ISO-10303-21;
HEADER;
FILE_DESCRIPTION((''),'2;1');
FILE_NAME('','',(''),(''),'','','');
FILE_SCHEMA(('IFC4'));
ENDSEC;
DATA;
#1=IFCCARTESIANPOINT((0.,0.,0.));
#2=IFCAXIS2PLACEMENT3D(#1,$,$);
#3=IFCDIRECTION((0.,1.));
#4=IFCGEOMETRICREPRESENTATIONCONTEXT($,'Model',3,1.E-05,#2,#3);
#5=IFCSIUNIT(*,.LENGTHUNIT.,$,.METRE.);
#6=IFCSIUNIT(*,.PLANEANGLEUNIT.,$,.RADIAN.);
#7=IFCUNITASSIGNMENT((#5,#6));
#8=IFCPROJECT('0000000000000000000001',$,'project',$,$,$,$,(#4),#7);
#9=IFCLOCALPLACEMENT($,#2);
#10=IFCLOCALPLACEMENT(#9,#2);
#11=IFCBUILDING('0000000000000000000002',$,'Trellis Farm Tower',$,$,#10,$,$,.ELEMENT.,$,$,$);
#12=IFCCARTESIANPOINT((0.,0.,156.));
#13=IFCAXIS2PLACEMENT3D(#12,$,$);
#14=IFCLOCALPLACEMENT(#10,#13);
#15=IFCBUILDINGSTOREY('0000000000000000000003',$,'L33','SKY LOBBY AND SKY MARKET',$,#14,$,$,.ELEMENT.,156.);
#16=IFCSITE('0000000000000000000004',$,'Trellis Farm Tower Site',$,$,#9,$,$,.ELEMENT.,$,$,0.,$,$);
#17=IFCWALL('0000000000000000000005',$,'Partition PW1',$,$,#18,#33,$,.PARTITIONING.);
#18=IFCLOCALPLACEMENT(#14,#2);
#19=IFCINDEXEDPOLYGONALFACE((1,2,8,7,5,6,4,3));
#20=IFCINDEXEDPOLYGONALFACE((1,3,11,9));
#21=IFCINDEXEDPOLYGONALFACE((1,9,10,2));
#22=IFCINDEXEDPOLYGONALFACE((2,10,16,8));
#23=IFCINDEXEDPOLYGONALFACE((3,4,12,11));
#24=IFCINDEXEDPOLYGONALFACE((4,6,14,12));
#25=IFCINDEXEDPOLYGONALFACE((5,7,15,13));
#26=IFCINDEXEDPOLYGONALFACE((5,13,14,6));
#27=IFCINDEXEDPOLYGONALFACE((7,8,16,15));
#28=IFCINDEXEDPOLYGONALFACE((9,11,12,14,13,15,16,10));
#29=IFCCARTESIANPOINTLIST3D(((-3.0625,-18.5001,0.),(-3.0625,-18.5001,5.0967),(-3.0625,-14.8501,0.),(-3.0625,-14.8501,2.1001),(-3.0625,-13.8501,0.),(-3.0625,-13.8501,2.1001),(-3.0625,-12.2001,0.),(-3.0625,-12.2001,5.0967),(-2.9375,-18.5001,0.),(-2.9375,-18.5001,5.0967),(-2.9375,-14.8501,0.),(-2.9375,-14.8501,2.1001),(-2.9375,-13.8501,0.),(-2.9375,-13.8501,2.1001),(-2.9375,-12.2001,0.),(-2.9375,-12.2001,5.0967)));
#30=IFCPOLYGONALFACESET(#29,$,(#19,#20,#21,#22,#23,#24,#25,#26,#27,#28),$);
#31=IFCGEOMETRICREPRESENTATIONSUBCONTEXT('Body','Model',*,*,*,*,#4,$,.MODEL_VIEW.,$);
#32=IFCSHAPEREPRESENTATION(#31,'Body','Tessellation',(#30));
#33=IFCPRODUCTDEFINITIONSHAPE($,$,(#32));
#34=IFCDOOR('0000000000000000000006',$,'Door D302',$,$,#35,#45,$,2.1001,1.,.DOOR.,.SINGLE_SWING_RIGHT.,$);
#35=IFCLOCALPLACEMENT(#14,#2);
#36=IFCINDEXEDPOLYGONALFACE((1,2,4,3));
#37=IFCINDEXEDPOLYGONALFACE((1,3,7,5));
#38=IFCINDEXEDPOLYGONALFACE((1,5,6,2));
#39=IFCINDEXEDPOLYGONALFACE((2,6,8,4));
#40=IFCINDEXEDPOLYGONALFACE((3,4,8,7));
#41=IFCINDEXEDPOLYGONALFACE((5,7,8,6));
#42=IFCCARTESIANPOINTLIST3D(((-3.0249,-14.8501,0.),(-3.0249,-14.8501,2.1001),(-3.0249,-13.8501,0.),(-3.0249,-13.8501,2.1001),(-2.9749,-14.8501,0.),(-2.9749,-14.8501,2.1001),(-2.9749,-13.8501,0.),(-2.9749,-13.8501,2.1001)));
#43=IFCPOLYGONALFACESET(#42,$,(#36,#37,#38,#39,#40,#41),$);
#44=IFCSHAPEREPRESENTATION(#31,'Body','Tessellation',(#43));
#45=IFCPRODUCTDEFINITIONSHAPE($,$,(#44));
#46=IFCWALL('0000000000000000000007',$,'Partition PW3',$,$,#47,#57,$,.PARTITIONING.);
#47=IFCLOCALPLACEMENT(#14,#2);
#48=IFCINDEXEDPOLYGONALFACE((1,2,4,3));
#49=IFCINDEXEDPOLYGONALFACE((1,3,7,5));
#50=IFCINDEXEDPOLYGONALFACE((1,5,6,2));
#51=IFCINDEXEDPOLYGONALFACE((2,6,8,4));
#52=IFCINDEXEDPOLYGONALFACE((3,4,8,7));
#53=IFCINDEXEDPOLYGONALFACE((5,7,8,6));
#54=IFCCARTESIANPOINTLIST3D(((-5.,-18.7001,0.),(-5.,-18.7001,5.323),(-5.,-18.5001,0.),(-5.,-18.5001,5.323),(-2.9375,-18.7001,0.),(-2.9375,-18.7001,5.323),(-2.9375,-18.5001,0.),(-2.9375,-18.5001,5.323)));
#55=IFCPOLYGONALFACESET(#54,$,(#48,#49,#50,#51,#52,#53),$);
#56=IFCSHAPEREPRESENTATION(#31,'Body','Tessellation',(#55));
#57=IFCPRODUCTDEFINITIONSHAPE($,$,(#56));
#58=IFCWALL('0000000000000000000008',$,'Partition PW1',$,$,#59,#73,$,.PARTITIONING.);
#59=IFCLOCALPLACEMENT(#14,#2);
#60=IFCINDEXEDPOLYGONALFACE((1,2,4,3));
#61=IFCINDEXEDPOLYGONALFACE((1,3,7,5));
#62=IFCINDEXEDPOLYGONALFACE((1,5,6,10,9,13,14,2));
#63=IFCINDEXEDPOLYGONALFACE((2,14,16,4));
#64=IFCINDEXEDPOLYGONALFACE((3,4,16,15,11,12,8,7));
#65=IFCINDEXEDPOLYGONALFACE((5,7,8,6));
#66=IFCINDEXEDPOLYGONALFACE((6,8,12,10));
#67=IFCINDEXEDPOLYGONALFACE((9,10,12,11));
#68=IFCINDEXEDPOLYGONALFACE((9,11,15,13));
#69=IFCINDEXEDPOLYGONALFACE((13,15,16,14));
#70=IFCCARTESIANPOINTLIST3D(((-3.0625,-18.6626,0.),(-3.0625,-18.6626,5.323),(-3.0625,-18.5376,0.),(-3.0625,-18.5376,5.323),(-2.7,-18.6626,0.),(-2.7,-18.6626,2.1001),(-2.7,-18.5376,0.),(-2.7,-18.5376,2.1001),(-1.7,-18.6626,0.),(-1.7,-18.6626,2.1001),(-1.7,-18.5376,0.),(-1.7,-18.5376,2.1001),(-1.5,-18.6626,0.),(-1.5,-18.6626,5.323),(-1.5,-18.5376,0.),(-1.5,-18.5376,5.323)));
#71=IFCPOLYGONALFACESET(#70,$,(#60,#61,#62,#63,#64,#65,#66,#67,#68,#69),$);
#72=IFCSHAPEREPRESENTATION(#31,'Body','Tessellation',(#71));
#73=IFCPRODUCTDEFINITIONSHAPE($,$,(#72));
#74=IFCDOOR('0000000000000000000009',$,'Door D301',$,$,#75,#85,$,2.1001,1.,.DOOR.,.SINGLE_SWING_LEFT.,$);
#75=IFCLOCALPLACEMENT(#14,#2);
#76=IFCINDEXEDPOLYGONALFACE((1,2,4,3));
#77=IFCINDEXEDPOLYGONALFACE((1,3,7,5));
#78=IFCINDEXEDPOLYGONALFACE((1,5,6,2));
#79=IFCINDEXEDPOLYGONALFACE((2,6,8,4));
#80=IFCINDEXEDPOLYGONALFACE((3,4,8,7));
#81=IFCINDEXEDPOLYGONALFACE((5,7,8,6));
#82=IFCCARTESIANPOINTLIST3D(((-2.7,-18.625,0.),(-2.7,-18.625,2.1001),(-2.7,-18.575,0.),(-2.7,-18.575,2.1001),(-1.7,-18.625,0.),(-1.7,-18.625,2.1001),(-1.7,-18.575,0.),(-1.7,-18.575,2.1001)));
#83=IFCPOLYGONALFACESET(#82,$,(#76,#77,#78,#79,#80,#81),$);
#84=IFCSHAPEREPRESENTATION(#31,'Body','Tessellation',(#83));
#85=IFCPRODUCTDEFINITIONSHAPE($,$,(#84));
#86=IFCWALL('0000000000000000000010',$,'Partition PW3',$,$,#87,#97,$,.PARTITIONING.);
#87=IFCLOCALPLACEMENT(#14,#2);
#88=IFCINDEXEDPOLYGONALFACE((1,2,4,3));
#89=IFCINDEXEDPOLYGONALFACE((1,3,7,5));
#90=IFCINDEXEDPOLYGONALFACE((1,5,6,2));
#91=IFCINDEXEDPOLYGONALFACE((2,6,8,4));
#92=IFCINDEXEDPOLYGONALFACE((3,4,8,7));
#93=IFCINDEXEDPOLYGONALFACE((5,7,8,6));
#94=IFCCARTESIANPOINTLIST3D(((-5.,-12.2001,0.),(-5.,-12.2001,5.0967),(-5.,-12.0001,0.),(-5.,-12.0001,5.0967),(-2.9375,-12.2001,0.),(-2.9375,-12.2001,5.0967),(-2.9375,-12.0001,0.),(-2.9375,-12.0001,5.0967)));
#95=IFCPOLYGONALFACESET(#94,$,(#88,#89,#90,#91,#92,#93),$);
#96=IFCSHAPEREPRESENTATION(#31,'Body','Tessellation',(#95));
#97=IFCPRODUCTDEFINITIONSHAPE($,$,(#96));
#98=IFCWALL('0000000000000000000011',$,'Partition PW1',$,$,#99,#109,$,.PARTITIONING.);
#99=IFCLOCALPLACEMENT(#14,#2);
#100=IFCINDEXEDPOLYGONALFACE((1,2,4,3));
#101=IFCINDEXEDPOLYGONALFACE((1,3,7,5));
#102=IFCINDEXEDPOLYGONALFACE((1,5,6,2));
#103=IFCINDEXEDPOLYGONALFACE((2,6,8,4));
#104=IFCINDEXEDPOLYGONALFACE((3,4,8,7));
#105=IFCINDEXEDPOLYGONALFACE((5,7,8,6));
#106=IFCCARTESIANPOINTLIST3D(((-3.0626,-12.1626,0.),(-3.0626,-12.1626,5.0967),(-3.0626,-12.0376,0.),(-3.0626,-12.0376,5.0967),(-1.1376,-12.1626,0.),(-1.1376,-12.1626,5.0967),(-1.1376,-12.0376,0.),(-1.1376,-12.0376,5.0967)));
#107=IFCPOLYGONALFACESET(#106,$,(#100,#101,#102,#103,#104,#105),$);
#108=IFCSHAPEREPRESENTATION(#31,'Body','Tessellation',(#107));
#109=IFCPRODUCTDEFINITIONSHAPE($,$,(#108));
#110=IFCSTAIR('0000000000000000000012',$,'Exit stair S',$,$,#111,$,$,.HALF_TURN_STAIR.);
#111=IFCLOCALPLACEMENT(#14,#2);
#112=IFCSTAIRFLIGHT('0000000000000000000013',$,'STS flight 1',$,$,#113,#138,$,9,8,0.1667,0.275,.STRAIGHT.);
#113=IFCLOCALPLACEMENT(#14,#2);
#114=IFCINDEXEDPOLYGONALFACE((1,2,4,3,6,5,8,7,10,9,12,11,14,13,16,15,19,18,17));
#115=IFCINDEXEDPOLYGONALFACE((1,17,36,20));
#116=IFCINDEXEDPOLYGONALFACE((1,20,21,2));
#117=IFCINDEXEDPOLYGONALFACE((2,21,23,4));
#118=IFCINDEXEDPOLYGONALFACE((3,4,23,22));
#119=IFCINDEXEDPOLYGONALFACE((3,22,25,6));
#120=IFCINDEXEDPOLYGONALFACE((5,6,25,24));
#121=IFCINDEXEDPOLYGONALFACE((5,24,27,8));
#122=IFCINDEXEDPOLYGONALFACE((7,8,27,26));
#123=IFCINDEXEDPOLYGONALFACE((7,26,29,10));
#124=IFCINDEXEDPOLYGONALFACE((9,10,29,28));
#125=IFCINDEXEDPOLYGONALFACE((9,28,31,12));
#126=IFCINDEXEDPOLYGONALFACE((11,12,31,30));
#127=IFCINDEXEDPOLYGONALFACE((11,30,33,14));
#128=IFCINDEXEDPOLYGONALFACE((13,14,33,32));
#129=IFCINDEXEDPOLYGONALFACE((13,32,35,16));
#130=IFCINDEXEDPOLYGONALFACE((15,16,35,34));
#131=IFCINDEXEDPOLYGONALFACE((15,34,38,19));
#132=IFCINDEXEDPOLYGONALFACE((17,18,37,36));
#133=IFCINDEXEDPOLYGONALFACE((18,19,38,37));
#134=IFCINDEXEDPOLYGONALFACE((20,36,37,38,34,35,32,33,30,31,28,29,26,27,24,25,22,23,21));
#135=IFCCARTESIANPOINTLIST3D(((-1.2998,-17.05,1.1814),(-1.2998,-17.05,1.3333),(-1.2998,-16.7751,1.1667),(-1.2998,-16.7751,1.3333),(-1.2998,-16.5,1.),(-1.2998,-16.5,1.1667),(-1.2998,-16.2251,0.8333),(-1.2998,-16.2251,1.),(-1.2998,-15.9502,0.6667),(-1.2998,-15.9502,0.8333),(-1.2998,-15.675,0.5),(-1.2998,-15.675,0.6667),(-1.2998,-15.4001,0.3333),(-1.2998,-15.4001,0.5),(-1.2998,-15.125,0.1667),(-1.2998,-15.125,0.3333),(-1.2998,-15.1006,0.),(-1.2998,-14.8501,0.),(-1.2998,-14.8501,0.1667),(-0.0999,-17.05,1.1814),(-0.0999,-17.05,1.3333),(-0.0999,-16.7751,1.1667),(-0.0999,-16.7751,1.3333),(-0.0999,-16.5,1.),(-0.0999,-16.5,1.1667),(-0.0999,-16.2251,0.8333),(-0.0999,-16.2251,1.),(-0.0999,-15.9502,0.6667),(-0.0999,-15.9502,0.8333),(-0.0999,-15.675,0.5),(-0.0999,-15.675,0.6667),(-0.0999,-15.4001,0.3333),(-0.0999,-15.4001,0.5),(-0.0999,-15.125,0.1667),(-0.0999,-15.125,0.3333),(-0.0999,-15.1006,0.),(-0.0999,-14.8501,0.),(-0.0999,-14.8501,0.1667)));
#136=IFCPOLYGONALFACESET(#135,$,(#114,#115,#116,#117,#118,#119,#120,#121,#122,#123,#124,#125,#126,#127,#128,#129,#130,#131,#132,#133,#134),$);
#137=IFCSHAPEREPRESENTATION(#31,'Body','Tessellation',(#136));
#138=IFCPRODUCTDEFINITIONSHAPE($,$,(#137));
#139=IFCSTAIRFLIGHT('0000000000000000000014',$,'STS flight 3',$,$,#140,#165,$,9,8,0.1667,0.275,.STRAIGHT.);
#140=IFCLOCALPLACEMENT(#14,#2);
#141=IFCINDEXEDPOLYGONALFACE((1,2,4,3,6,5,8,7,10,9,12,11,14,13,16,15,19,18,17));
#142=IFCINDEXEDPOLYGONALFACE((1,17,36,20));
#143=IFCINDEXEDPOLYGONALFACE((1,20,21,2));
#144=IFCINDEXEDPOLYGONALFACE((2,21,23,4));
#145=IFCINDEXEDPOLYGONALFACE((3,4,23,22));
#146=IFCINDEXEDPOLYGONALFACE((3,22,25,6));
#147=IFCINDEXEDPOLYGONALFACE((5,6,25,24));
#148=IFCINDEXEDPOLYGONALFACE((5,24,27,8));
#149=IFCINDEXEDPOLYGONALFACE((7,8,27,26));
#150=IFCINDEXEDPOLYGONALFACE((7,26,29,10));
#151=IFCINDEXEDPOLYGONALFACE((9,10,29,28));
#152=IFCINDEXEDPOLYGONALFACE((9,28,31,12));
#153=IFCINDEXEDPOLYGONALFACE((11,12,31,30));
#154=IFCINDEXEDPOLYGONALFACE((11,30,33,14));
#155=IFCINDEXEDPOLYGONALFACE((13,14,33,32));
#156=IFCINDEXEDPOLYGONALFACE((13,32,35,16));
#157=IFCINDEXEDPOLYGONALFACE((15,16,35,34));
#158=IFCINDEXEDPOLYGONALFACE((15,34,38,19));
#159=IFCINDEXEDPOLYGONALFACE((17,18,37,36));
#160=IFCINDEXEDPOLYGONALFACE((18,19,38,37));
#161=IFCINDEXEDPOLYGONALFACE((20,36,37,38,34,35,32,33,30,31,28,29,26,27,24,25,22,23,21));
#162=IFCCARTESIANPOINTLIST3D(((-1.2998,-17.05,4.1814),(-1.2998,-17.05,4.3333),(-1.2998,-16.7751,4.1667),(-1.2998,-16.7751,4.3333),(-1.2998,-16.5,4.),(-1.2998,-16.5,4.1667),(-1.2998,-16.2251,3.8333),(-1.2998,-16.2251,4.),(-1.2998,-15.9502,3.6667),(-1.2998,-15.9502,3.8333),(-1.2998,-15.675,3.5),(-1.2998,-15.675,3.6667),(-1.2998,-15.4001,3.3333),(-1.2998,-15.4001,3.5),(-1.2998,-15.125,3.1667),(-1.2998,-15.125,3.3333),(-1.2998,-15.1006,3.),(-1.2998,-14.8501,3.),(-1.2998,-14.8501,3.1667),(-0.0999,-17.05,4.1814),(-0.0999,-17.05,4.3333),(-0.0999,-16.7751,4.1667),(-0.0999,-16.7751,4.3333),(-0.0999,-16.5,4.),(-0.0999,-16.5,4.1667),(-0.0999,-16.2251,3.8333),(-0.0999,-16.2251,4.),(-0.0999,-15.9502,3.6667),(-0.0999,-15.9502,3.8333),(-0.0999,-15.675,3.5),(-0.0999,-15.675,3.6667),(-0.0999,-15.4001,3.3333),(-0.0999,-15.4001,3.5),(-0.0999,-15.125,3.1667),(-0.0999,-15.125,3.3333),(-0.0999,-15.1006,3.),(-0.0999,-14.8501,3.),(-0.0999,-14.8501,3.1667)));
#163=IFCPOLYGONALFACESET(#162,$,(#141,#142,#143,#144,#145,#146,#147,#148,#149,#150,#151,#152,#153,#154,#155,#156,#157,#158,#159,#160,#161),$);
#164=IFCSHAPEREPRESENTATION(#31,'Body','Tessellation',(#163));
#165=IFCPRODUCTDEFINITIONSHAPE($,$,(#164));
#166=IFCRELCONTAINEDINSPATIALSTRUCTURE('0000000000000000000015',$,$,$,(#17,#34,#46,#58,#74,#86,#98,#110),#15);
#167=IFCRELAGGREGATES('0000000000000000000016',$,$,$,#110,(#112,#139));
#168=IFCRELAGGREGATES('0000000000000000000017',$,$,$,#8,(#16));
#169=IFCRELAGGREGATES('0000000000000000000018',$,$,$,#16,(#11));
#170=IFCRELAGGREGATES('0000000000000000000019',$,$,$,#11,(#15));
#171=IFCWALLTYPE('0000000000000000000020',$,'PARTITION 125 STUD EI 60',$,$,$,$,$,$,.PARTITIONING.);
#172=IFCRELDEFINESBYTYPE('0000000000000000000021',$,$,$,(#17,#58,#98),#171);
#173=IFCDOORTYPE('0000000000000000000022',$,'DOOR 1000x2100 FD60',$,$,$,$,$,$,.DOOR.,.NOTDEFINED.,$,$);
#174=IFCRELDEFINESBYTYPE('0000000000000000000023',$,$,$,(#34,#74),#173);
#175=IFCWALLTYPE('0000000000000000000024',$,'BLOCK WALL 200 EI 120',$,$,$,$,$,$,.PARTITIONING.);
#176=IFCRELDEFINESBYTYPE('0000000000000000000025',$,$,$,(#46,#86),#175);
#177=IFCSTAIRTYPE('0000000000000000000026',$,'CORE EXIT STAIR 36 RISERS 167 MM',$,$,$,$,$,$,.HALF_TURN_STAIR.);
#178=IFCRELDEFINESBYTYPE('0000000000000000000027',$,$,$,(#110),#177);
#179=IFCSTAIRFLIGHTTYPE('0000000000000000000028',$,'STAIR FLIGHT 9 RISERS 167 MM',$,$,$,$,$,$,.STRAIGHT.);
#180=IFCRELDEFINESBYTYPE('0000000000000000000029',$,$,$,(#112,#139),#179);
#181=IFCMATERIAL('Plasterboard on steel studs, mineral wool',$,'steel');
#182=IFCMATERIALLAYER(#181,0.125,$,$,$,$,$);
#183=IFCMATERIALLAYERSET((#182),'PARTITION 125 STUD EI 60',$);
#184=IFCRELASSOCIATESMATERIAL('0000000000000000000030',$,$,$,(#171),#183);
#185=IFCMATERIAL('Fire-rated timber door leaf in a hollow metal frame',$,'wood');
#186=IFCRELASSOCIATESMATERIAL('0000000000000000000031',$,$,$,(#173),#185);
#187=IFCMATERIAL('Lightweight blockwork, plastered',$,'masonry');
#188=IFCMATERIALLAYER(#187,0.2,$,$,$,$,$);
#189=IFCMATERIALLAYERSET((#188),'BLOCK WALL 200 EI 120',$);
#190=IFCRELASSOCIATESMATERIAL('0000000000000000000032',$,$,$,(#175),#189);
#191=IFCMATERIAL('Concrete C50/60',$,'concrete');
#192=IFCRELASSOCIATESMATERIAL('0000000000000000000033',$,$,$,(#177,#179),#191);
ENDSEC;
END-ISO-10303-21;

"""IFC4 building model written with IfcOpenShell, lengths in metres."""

from ifc_helpers import new_model, si_unit, direction, frame, frame_2d, origin, place, context, subcontext, project, spatial, polyline, rectangle, outline, extrude, source, transform, mapped, material, layer, layer_set, type_object, element, fill, aggregate, save


model = new_model("IFC4")

# Units and contexts
model_context = context("Model", 3, precision=1e-05, world=origin(), true_north=direction((0.0, 1.0)))
body_context = subcontext(model_context, "Body", "Model", "MODEL_VIEW")
ifc_project = project(units=[si_unit("LENGTHUNIT", "METRE"), si_unit("PLANEANGLEUNIT", "RADIAN")], contexts=[model_context])

# Site, building, storey
site_placement = place(None, origin())
site = spatial("IfcSite", under=ifc_project, at=site_placement, Name="Trellis Farm Tower Site", CompositionType="ELEMENT", RefElevation=0.0)
building_placement = place(site_placement, origin())
building = spatial("IfcBuilding", under=site, at=building_placement, Name="Trellis Farm Tower", CompositionType="ELEMENT")
storey_placement = place(building_placement, frame((0.0, 0.0, 156.0)))
storey = spatial("IfcBuildingStorey", under=building, at=storey_placement, Name="L33", Description="SKY LOBBY AND SKY MARKET", CompositionType="ELEMENT", Elevation=156.0)

# Shared definitions
placement = place(storey_placement, origin())

# Shared definitions
ifc_material_1 = material(Name="Plasterboard on steel studs, mineral wool", Category="steel")
ifc_layer_1 = layer(ifc_material_1, 0.125)
ifc_layer_set_1 = layer_set([ifc_layer_1], Name="PARTITION 125 STUD EI 60")
wall_type_1 = type_object("IfcWallType", Name="PARTITION 125 STUD EI 60", PredefinedType="PARTITIONING", material=ifc_layer_set_1)
shared_shape_1 = source(origin(), body_context, "Body", "SweptSolid", [
    extrude(rectangle(XDim=1.0, YDim=2.1001, at=frame_2d((0.5, 1.05))), frame((0.0, 0.0725, 0.0), z_axis=(0.0, -1.0, 0.0), x_axis=(1.0, 0.0, 0.0)), (0.0, 0.0, 1.0), 0.145),
])
ifc_material_2 = material(Name="Fire-rated timber door leaf in a hollow metal frame", Category="wood")
door_type = type_object("IfcDoorType", Name="DOOR 1000x2100 FD60", OperationType="NOTDEFINED", PredefinedType="DOOR", material=ifc_material_2)
shared_shape_2 = source(origin(), body_context, "Body", "SweptSolid", [
    extrude(rectangle(XDim=1.0, YDim=2.1001, at=frame_2d((0.5, 1.05))), frame((0.0, 0.0249, 0.0), z_axis=(0.0, -1.0, 0.0), x_axis=(1.0, 0.0, 0.0)), (0.0, 0.0, 1.0), 0.05),
])

# Wall, opening, door
shared_shape_3 = source(origin(), body_context, "Body", "SweptSolid", [
    extrude(rectangle(XDim=6.3, YDim=0.125, at=frame_2d((3.1499, 0.0))), origin(), (0.0, 0.0, 1.0), 5.0967),
])
wall_1_placement = place(storey_placement, frame((-3.0, -18.5, 0.0), z_axis=(0.0, 0.0, 1.0), x_axis=(0.0, 1.0, 0.0)))
wall_1 = element("IfcWall", 1, at=wall_1_placement, inside=storey, type_object=wall_type_1, Name="Partition PW1", PredefinedType="PARTITIONING", context=body_context, shape_type="MappedRepresentation", body=[
    mapped(shared_shape_3, transform((0.0, 0.0, 0.0))),
])
opening_1_placement = place(wall_1_placement, frame((3.6499, 0.0, 0.0)))
opening_1 = element("IfcOpeningElement", 2, at=opening_1_placement, cuts=wall_1, PredefinedType="OPENING", context=body_context, shape_type="MappedRepresentation", body=[
    mapped(shared_shape_1, transform((0.0, 0.0, 0.0))),
])
door_1_placement = place(opening_1_placement, origin())
door_1 = element("IfcDoor", 3, at=door_1_placement, inside=storey, type_object=door_type, Name="Door D302", OperationType="SINGLE_SWING_RIGHT", OverallHeight=2.1001, OverallWidth=1.0, PredefinedType="DOOR", context=body_context, shape_type="MappedRepresentation", body=[
    mapped(shared_shape_2, transform((0.0, 0.0, 0.0))),
])
fill(opening_1, door_1)

# Wall
ifc_material_3 = material(Name="Lightweight blockwork, plastered", Category="masonry")
ifc_layer_2 = layer(ifc_material_3, 0.2)
ifc_layer_set_2 = layer_set([ifc_layer_2], Name="BLOCK WALL 200 EI 120")
wall_type_2 = type_object("IfcWallType", Name="BLOCK WALL 200 EI 120", PredefinedType="PARTITIONING", material=ifc_layer_set_2)
shared_shape_4 = source(origin(), body_context, "Body", "SweptSolid", [
    extrude(rectangle(XDim=2.0625, YDim=0.2, at=frame_2d((1.0312, 0.0))), origin(), (0.0, 0.0, 1.0), 5.323),
])
wall_2_placement = place(storey_placement, frame((-5.0, -18.6001, 0.0), z_axis=(0.0, 0.0, 1.0), x_axis=(1.0, 0.0, 0.0)))
element("IfcWall", 4, at=wall_2_placement, inside=storey, type_object=wall_type_2, Name="Partition PW3", PredefinedType="PARTITIONING", context=body_context, shape_type="MappedRepresentation", body=[
    mapped(shared_shape_4, transform((0.0, 0.0, 0.0))),
])

# Wall, opening, door
shared_shape_5 = source(origin(), body_context, "Body", "SweptSolid", [
    extrude(rectangle(XDim=1.5625, YDim=0.125, at=frame_2d((0.7812, 0.0))), origin(), (0.0, 0.0, 1.0), 5.323),
])
wall_3_placement = place(storey_placement, frame((-1.5, -18.6001, 0.0), z_axis=(0.0, 0.0, 1.0), x_axis=(-1.0, 0.0, 0.0)))
wall_3 = element("IfcWall", 5, at=wall_3_placement, inside=storey, type_object=wall_type_1, Name="Partition PW1", PredefinedType="PARTITIONING", context=body_context, shape_type="MappedRepresentation", body=[
    mapped(shared_shape_5, transform((0.0, 0.0, 0.0))),
])
opening_2_placement = place(wall_3_placement, frame((0.2, 0.0, 0.0)))
opening_2 = element("IfcOpeningElement", 6, at=opening_2_placement, cuts=wall_3, PredefinedType="OPENING", context=body_context, shape_type="MappedRepresentation", body=[
    mapped(shared_shape_1, transform((0.0, 0.0, 0.0))),
])
door_2_placement = place(opening_2_placement, origin())
door_2 = element("IfcDoor", 7, at=door_2_placement, inside=storey, type_object=door_type, Name="Door D301", OperationType="SINGLE_SWING_LEFT", OverallHeight=2.1001, OverallWidth=1.0, PredefinedType="DOOR", context=body_context, shape_type="MappedRepresentation", body=[
    mapped(shared_shape_2, transform((0.0, 0.0, 0.0))),
])
fill(opening_2, door_2)

# Walls
shared_shape_6 = source(origin(), body_context, "Body", "SweptSolid", [
    extrude(rectangle(XDim=2.0625, YDim=0.2, at=frame_2d((1.0312, 0.0))), origin(), (0.0, 0.0, 1.0), 5.0967),
])
wall_4_placement = place(storey_placement, frame((-5.0, -12.1001, 0.0), z_axis=(0.0, 0.0, 1.0), x_axis=(1.0, 0.0, 0.0)))
element("IfcWall", 8, at=wall_4_placement, inside=storey, type_object=wall_type_2, Name="Partition PW3", PredefinedType="PARTITIONING", context=body_context, shape_type="MappedRepresentation", body=[
    mapped(shared_shape_6, transform((0.0, 0.0, 0.0))),
])
shared_shape_7 = source(origin(), body_context, "Body", "SweptSolid", [
    extrude(rectangle(XDim=1.925, YDim=0.125, at=frame_2d((0.9624, 0.0))), origin(), (0.0, 0.0, 1.0), 5.0967),
])
wall_5_placement = place(storey_placement, frame((-3.0625, -12.1001, 0.0), z_axis=(0.0, 0.0, 1.0), x_axis=(1.0, 0.0, 0.0)))
element("IfcWall", 9, at=wall_5_placement, inside=storey, type_object=wall_type_1, Name="Partition PW1", PredefinedType="PARTITIONING", context=body_context, shape_type="MappedRepresentation", body=[
    mapped(shared_shape_7, transform((0.0, 0.0, 0.0))),
])

# Stair, stair flights
ifc_material_4 = material(Name="Concrete C50/60", Category="concrete")
stair_type = type_object("IfcStairType", Name="CORE EXIT STAIR 36 RISERS 167 MM", PredefinedType="HALF_TURN_STAIR", material=ifc_material_4)
stair = element("IfcStair", 10, at=placement, inside=storey, type_object=stair_type, Name="Exit stair S", PredefinedType="HALF_TURN_STAIR")
stair_flight_type = type_object("IfcStairFlightType", Name="STAIR FLIGHT 9 RISERS 167 MM", PredefinedType="STRAIGHT", material=ifc_material_4)
shared_shape_8 = source(origin(), body_context, "Body", "SweptSolid", [
    extrude(outline(polyline([(0.0, 0.0), (0.0, 0.1667), (0.2749, 0.1667), (0.2749, 0.3333), (0.55, 0.3333), (0.55, 0.5), (0.825, 0.5), (0.825, 0.6667), (1.1001, 0.6667), (1.1001, 0.8333), (1.375, 0.8333), (1.375, 1.0), (1.6499, 1.0), (1.6499, 1.1667), (1.925, 1.1667), (1.925, 1.3333), (2.2, 1.3333), (2.2, 1.5), (2.2, 1.1814), (0.2505, 0.0), (0.0, 0.0)])), frame((0.0, 0.6001, 0.0), z_axis=(0.0, -1.0, 0.0), x_axis=(1.0, 0.0, 0.0)), (0.0, 0.0, 1.0), 1.2),
])
stair_flight_1_placement = place(storey_placement, frame((-0.7, -14.8501, 0.0), z_axis=(0.0, 0.0, 1.0), x_axis=(0.0, -1.0, 0.0)))
stair_flight_1 = element("IfcStairFlight", 11, at=stair_flight_1_placement, type_object=stair_flight_type, Name="STS flight 1", NumberOfRisers=9, NumberOfTreads=8, PredefinedType="STRAIGHT", RiserHeight=0.1667, TreadLength=0.275, context=body_context, shape_type="MappedRepresentation", body=[
    mapped(shared_shape_8, transform((0.0, 0.0, 0.0))),
])
stair_flight_2_placement = place(storey_placement, frame((-0.7, -14.8501, 3.0), z_axis=(0.0, 0.0, 1.0), x_axis=(0.0, -1.0, 0.0)))
stair_flight_2 = element("IfcStairFlight", 12, at=stair_flight_2_placement, type_object=stair_flight_type, Name="STS flight 3", NumberOfRisers=9, NumberOfTreads=8, PredefinedType="STRAIGHT", RiserHeight=0.1667, TreadLength=0.275, context=body_context, shape_type="MappedRepresentation", body=[
    mapped(shared_shape_8, transform((0.0, 0.0, 0.0))),
])
aggregate(stair, [stair_flight_1, stair_flight_2])

save(model, "model.ifc")
